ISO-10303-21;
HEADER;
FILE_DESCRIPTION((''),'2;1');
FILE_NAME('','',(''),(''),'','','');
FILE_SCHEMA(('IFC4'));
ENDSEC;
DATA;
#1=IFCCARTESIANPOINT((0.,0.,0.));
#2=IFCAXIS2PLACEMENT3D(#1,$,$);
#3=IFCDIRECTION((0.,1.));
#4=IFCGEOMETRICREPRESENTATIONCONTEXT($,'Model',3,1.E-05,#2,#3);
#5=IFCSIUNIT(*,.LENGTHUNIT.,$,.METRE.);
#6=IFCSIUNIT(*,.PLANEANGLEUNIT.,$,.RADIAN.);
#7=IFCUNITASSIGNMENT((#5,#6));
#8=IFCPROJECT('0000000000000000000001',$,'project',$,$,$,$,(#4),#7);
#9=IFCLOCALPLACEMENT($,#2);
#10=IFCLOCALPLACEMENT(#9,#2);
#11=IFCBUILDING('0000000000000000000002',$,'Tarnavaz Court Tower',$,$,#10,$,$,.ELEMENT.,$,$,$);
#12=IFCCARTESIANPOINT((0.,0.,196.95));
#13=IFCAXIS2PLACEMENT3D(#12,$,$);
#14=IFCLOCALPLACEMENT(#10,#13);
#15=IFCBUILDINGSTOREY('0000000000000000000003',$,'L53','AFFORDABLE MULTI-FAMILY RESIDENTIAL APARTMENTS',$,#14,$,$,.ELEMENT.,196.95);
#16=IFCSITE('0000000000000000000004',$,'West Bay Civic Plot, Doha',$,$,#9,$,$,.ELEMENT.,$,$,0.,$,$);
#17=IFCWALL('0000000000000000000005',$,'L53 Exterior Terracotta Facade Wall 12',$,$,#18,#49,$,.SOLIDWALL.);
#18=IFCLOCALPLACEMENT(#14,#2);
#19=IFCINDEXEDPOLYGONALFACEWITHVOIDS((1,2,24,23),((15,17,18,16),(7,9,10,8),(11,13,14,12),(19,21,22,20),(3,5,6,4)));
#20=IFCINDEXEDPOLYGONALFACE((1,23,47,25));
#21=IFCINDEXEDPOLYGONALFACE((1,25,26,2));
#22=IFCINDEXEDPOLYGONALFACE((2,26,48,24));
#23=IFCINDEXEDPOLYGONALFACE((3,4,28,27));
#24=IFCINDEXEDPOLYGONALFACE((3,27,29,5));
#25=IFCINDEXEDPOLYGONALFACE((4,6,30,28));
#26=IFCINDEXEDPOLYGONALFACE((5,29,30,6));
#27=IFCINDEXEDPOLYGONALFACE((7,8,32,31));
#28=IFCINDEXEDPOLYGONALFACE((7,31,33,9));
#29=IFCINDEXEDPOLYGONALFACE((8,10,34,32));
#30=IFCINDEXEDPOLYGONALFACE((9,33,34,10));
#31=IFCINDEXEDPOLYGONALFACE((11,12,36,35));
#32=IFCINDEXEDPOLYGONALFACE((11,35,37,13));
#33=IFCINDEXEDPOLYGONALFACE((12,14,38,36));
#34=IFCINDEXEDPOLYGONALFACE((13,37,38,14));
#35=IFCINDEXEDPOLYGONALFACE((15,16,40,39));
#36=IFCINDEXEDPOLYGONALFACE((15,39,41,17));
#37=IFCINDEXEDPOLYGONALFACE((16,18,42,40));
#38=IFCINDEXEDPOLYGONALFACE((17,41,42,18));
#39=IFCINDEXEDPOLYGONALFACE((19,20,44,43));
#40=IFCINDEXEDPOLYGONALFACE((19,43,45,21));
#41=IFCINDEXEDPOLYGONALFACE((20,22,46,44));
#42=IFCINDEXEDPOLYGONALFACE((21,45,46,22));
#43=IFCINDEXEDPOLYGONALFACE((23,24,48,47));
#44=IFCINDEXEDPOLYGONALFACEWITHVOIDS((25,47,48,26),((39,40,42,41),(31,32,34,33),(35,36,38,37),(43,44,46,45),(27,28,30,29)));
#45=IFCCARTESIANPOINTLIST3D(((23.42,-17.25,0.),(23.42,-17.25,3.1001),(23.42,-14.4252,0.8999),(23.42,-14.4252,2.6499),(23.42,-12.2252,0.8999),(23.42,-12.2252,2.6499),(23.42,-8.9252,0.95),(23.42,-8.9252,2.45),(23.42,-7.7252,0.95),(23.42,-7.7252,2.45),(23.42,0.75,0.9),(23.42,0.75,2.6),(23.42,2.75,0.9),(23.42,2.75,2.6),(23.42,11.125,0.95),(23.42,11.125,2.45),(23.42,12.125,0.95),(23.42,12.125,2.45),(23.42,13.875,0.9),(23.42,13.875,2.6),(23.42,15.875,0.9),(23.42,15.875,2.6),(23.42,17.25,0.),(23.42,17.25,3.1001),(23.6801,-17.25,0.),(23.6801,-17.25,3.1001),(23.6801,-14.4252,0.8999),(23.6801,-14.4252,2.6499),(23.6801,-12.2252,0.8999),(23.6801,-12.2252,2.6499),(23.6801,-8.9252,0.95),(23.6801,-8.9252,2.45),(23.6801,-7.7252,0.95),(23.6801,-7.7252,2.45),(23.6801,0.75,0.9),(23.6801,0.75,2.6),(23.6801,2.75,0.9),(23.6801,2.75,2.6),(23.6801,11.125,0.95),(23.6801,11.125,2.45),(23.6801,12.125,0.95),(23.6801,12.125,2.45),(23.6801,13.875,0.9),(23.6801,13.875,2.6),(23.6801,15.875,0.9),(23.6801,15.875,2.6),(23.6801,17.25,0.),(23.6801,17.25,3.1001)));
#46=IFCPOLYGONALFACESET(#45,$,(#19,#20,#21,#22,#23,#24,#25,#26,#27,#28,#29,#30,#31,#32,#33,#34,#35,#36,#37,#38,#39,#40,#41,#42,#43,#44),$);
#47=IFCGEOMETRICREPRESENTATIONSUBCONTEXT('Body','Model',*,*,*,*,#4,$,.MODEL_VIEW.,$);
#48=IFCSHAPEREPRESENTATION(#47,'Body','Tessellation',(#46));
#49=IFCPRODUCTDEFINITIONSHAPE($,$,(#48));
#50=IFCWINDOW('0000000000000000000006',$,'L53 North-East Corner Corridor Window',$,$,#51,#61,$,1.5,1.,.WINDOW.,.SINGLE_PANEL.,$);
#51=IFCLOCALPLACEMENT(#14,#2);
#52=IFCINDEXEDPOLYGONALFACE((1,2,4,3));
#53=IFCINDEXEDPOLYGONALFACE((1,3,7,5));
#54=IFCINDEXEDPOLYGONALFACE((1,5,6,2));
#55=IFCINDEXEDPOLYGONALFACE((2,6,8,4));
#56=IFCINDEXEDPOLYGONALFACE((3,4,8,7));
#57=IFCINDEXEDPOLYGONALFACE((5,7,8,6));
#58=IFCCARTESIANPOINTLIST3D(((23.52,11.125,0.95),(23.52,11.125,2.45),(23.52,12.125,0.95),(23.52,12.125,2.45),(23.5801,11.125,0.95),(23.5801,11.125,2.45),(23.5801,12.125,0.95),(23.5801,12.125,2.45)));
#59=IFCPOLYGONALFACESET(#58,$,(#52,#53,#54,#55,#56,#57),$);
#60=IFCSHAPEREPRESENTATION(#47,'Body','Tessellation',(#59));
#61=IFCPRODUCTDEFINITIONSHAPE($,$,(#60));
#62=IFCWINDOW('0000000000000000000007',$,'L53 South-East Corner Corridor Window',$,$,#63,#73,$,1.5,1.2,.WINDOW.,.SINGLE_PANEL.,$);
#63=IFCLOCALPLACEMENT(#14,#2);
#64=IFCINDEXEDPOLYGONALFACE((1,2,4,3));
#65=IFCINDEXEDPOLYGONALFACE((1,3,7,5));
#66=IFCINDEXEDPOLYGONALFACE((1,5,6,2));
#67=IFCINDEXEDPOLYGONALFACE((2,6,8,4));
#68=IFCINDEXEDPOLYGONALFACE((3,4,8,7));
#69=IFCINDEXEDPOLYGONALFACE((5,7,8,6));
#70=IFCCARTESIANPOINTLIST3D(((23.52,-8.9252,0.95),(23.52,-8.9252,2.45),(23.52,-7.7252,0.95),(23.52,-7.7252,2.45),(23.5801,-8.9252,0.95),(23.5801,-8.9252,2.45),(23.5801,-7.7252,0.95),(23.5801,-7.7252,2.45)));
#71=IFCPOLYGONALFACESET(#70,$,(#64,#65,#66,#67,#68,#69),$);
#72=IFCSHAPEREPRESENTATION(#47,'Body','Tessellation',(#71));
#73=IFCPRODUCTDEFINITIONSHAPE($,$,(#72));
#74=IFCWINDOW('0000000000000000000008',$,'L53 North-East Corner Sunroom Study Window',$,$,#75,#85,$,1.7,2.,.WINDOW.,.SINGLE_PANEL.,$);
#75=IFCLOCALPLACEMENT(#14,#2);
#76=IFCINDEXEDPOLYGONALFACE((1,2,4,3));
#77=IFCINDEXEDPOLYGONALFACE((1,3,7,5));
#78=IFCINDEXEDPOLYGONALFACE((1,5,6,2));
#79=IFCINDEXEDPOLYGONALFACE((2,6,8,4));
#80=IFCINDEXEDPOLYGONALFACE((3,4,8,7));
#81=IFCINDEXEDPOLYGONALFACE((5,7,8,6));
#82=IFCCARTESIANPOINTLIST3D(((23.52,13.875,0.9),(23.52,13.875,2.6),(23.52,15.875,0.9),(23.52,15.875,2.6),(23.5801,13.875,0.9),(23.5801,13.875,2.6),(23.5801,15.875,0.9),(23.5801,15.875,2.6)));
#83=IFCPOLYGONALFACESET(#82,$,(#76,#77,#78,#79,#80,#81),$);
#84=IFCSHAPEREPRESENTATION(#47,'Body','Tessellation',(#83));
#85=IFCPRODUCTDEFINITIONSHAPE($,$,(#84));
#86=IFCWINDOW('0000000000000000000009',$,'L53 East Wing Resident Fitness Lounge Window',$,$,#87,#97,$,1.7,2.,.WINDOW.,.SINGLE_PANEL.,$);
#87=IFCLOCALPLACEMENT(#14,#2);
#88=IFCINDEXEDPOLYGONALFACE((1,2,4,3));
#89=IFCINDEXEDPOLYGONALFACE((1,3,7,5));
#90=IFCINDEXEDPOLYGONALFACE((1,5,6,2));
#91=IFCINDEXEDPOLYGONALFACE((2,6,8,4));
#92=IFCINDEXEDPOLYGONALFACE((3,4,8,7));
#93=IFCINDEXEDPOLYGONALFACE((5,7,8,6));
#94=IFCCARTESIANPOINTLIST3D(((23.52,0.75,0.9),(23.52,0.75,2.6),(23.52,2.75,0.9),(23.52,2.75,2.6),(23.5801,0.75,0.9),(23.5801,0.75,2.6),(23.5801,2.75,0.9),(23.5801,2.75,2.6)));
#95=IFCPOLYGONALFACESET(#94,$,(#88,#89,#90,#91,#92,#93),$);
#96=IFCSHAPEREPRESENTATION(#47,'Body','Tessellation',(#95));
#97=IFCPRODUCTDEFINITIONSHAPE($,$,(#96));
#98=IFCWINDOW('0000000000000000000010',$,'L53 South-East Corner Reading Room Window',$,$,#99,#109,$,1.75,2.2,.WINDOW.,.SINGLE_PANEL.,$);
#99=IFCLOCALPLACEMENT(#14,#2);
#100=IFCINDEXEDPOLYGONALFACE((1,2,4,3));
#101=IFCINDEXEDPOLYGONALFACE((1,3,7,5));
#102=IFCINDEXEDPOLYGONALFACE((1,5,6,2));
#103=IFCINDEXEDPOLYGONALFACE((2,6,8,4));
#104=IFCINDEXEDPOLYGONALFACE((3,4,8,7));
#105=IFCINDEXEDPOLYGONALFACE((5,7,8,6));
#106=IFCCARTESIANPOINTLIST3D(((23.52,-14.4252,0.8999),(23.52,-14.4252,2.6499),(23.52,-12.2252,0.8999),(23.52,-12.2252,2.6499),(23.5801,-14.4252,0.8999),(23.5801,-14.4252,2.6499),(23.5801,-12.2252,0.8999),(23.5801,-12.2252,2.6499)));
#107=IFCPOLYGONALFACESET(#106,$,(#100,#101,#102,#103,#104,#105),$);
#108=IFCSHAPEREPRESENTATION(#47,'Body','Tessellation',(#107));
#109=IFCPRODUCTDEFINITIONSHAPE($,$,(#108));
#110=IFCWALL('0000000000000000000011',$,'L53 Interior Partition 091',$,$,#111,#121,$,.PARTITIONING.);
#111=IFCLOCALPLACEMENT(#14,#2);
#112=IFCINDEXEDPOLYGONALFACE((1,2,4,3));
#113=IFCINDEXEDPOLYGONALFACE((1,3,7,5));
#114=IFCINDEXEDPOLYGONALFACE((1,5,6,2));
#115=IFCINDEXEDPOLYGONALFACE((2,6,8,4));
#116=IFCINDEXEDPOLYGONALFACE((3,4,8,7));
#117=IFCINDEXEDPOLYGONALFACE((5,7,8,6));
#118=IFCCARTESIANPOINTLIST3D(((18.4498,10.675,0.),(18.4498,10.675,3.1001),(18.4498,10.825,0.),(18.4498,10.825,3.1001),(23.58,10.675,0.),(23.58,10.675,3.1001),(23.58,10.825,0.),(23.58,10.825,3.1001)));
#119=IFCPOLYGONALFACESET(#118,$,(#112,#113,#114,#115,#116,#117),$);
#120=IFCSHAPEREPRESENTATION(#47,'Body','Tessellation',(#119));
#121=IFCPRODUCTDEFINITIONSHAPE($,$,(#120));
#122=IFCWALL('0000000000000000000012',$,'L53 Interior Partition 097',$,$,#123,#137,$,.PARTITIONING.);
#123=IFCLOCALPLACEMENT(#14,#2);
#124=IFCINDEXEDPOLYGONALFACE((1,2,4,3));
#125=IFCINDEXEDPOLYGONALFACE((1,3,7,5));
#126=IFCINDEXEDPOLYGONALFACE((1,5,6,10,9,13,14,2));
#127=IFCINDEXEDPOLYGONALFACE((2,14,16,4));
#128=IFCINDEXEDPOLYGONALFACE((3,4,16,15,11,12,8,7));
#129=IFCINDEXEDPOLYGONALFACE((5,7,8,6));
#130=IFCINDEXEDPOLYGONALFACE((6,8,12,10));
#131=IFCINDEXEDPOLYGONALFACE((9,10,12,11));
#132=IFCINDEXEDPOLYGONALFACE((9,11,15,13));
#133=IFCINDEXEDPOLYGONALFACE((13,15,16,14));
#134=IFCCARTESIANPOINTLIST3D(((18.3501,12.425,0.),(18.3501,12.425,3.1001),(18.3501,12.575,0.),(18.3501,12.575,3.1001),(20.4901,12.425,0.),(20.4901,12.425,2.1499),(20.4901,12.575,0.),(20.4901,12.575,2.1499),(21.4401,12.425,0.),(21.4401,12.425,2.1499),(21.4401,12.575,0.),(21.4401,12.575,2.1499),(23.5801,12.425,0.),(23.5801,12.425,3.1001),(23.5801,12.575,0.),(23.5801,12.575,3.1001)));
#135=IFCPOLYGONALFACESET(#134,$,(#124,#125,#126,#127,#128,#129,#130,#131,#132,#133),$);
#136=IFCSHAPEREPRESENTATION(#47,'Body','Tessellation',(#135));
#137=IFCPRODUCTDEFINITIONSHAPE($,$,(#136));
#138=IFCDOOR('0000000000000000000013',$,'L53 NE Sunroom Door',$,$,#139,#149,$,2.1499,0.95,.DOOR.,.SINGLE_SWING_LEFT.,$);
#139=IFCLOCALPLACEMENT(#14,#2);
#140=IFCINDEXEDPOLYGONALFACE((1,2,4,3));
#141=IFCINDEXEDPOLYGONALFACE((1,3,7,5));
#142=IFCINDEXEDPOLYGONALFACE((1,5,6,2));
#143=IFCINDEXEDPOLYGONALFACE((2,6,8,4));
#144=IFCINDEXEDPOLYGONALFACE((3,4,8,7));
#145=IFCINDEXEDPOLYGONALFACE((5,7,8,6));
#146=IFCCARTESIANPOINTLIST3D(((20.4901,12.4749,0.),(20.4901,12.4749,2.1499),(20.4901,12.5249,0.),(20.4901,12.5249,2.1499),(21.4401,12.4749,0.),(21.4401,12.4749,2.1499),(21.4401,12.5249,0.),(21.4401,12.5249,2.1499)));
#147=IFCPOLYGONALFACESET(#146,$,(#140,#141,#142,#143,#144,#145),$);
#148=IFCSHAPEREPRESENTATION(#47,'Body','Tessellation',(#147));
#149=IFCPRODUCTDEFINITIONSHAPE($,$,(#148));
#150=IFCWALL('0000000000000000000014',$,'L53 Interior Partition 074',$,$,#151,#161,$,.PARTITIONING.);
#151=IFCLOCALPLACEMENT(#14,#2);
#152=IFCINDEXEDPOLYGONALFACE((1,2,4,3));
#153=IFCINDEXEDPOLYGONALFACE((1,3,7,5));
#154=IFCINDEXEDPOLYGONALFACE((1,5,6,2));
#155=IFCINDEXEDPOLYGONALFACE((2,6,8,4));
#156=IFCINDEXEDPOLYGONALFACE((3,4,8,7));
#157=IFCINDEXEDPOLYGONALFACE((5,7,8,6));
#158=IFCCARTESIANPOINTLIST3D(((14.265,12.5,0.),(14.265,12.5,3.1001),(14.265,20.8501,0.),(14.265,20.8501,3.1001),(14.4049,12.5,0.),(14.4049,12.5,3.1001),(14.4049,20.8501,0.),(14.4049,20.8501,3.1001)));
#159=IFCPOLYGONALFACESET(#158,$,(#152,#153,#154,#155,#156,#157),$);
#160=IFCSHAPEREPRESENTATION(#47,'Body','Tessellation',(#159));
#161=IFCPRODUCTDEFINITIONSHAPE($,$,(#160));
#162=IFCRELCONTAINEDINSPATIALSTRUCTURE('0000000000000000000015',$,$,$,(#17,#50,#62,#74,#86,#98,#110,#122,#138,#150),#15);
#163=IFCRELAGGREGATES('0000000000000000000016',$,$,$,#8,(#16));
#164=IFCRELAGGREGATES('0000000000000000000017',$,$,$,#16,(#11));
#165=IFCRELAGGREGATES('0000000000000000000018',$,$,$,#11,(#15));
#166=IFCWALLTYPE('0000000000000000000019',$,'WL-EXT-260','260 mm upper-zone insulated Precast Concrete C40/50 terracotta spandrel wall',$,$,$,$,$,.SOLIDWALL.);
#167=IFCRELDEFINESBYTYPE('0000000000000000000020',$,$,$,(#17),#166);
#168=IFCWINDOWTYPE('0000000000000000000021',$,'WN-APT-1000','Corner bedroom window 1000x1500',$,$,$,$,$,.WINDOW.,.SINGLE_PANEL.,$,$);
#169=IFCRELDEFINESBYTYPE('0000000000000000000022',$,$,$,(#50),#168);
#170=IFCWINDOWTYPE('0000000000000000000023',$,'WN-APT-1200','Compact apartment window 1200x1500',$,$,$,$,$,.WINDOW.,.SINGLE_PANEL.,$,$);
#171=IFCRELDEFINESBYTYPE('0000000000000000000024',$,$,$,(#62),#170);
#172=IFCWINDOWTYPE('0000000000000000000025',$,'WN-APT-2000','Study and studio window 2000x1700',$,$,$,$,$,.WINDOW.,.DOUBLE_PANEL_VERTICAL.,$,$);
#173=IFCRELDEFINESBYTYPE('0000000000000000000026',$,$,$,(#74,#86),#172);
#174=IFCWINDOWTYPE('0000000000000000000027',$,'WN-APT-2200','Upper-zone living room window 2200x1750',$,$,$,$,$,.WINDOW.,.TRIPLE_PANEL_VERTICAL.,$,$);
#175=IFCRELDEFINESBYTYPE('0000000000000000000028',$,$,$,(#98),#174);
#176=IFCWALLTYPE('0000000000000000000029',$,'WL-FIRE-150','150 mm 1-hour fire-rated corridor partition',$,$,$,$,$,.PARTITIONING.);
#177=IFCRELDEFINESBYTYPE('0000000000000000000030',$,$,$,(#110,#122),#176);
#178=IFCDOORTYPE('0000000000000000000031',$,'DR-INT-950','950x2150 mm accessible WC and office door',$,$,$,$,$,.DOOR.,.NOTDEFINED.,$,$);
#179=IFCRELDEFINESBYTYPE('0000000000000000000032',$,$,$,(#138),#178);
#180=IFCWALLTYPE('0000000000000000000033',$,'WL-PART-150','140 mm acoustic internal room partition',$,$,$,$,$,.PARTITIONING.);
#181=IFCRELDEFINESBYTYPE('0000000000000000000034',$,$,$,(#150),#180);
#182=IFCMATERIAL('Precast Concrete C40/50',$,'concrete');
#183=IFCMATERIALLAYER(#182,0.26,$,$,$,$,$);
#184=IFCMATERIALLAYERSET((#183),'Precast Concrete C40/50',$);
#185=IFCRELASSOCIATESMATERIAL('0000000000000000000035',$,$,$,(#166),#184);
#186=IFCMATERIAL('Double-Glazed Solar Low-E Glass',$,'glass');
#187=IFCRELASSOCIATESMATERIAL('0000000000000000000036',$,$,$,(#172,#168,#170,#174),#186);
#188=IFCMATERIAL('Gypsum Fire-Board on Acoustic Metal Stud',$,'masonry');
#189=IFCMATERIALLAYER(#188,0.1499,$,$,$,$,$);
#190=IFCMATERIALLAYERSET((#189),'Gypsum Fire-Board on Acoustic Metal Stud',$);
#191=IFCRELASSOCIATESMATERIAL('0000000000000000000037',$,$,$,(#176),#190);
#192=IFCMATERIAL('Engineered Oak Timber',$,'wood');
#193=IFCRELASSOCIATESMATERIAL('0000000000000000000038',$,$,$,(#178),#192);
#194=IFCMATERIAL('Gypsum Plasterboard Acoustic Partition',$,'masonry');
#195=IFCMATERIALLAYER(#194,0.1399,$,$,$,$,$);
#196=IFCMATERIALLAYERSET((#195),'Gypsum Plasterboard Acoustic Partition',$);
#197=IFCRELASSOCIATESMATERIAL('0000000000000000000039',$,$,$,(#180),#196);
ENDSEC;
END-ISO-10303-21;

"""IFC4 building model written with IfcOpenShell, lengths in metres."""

from ifc_helpers import new_model, si_unit, direction, frame, frame_2d, origin, place, context, subcontext, project, spatial, rectangle, extrude, material, layer, layer_set, type_object, element, fill, save


model = new_model("IFC4")

# Units and contexts
model_context = context("Model", 3, precision=1e-05, world=origin(), true_north=direction((0.0, 1.0)))
body_context = subcontext(model_context, "Body", "Model", "MODEL_VIEW")
ifc_project = project(units=[si_unit("LENGTHUNIT", "METRE"), si_unit("PLANEANGLEUNIT", "RADIAN")], contexts=[model_context])

# Site, building, storey
site_placement = place(None, origin())
site = spatial("IfcSite", under=ifc_project, at=site_placement, Name="West Bay Civic Plot, Doha", CompositionType="ELEMENT", RefElevation=0.0)
building_placement = place(site_placement, origin())
building = spatial("IfcBuilding", under=site, at=building_placement, Name="Tarnavaz Court Tower", CompositionType="ELEMENT")
storey_placement = place(building_placement, frame((0.0, 0.0, 196.95)))
storey = spatial("IfcBuildingStorey", under=building, at=storey_placement, Name="L53", Description="AFFORDABLE MULTI-FAMILY RESIDENTIAL APARTMENTS", CompositionType="ELEMENT", Elevation=196.95)

# Shared definitions
ifc_material_1 = material(Name="Precast Concrete C40/50", Category="concrete")
ifc_layer_1 = layer(ifc_material_1, 0.26)
ifc_layer_set_1 = layer_set([ifc_layer_1], Name="Precast Concrete C40/50")
wall_type_1 = type_object("IfcWallType", Name="WL-EXT-260", Description="260 mm upper-zone insulated Precast Concrete C40/50 terracotta spandrel wall", PredefinedType="SOLIDWALL", material=ifc_layer_set_1)
ifc_material_2 = material(Name="Double-Glazed Solar Low-E Glass", Category="glass")
window_type_1 = type_object("IfcWindowType", Name="WN-APT-2000", Description="Study and studio window 2000x1700", PartitioningType="DOUBLE_PANEL_VERTICAL", PredefinedType="WINDOW", material=ifc_material_2)

# Wall, openings, windows
wall_1_placement = place(storey_placement, frame((23.55, 17.25, 0.0), z_axis=(0.0, 0.0, 1.0), x_axis=(0.0, -1.0, 0.0)))
wall_1 = element("IfcWall", 1, at=wall_1_placement, inside=storey, type_object=wall_type_1, Name="L53 Exterior Terracotta Facade Wall 12", PredefinedType="SOLIDWALL", context=body_context, shape_type="SweptSolid", body=[
    extrude(rectangle(XDim=34.5, YDim=0.26, at=frame_2d((17.25, 0.0))), origin(), (0.0, 0.0, 1.0), 3.1001),
])
opening_1_placement = place(wall_1_placement, frame((1.375, 0.0, 0.8999)))
opening_1 = element("IfcOpeningElement", 2, at=opening_1_placement, cuts=wall_1, PredefinedType="OPENING", context=body_context, shape_type="SweptSolid", body=[
    extrude(rectangle(XDim=2.0, YDim=1.7, at=frame_2d((1.0, 0.8501))), frame((0.0, 0.1399, 0.0), z_axis=(0.0, -1.0, 0.0), x_axis=(1.0, 0.0, 0.0)), (0.0, 0.0, 1.0), 0.28),
])
opening_2_placement = place(wall_1_placement, frame((5.125, 0.0, 0.95)))
opening_2 = element("IfcOpeningElement", 3, at=opening_2_placement, cuts=wall_1, PredefinedType="OPENING", context=body_context, shape_type="SweptSolid", body=[
    extrude(rectangle(XDim=1.0, YDim=1.5, at=frame_2d((0.5, 0.75))), frame((0.0, 0.1399, 0.0), z_axis=(0.0, -1.0, 0.0), x_axis=(1.0, 0.0, 0.0)), (0.0, 0.0, 1.0), 0.28),
])
opening_3_placement = place(wall_1_placement, frame((14.5, 0.0, 0.8999)))
opening_3 = element("IfcOpeningElement", 4, at=opening_3_placement, cuts=wall_1, PredefinedType="OPENING", context=body_context, shape_type="SweptSolid", body=[
    extrude(rectangle(XDim=2.0, YDim=1.7, at=frame_2d((1.0, 0.8501))), frame((0.0, 0.1399, 0.0), z_axis=(0.0, -1.0, 0.0), x_axis=(1.0, 0.0, 0.0)), (0.0, 0.0, 1.0), 0.28),
])
opening_4_placement = place(wall_1_placement, frame((24.9751, 0.0, 0.95)))
opening_4 = element("IfcOpeningElement", 5, at=opening_4_placement, cuts=wall_1, PredefinedType="OPENING", context=body_context, shape_type="SweptSolid", body=[
    extrude(rectangle(XDim=1.2, YDim=1.5, at=frame_2d((0.6001, 0.75))), frame((0.0, 0.1399, 0.0), z_axis=(0.0, -1.0, 0.0), x_axis=(1.0, 0.0, 0.0)), (0.0, 0.0, 1.0), 0.28),
])
opening_5_placement = place(wall_1_placement, frame((29.4751, 0.0, 0.8999)))
opening_5 = element("IfcOpeningElement", 6, at=opening_5_placement, cuts=wall_1, PredefinedType="OPENING", context=body_context, shape_type="SweptSolid", body=[
    extrude(rectangle(XDim=2.2, YDim=1.75, at=frame_2d((1.1001, 0.875))), frame((0.0, 0.1399, 0.0), z_axis=(0.0, -1.0, 0.0), x_axis=(1.0, 0.0, 0.0)), (0.0, 0.0, 1.0), 0.28),
])
window_type_2 = type_object("IfcWindowType", Name="WN-APT-1000", Description="Corner bedroom window 1000x1500", PartitioningType="SINGLE_PANEL", PredefinedType="WINDOW", material=ifc_material_2)
window_1_placement = place(opening_2_placement, origin())
window_1 = element("IfcWindow", 7, at=window_1_placement, inside=storey, type_object=window_type_2, Name="L53 North-East Corner Corridor Window", OverallHeight=1.5, OverallWidth=1.0, PartitioningType="SINGLE_PANEL", PredefinedType="WINDOW", context=body_context, shape_type="SweptSolid", body=[
    extrude(rectangle(XDim=1.0, YDim=1.5, at=frame_2d((0.5, 0.75))), frame((0.0, 0.03, 0.0), z_axis=(0.0, -1.0, 0.0), x_axis=(1.0, 0.0, 0.0)), (0.0, 0.0, 1.0), 0.0601),
])
fill(opening_2, window_1)
window_type_3 = type_object("IfcWindowType", Name="WN-APT-1200", Description="Compact apartment window 1200x1500", PartitioningType="SINGLE_PANEL", PredefinedType="WINDOW", material=ifc_material_2)
window_2_placement = place(opening_4_placement, origin())
window_2 = element("IfcWindow", 8, at=window_2_placement, inside=storey, type_object=window_type_3, Name="L53 South-East Corner Corridor Window", OverallHeight=1.5, OverallWidth=1.2, PartitioningType="SINGLE_PANEL", PredefinedType="WINDOW", context=body_context, shape_type="SweptSolid", body=[
    extrude(rectangle(XDim=1.2, YDim=1.5, at=frame_2d((0.6001, 0.75))), frame((0.0, 0.03, 0.0), z_axis=(0.0, -1.0, 0.0), x_axis=(1.0, 0.0, 0.0)), (0.0, 0.0, 1.0), 0.0601),
])
fill(opening_4, window_2)
window_3_placement = place(opening_1_placement, origin())
window_3 = element("IfcWindow", 9, at=window_3_placement, inside=storey, type_object=window_type_1, Name="L53 North-East Corner Sunroom Study Window", OverallHeight=1.7, OverallWidth=2.0, PartitioningType="SINGLE_PANEL", PredefinedType="WINDOW", context=body_context, shape_type="SweptSolid", body=[
    extrude(rectangle(XDim=2.0, YDim=1.7, at=frame_2d((1.0, 0.8501))), frame((0.0, 0.03, 0.0), z_axis=(0.0, -1.0, 0.0), x_axis=(1.0, 0.0, 0.0)), (0.0, 0.0, 1.0), 0.0601),
])
fill(opening_1, window_3)
window_4_placement = place(opening_3_placement, origin())
window_4 = element("IfcWindow", 10, at=window_4_placement, inside=storey, type_object=window_type_1, Name="L53 East Wing Resident Fitness Lounge Window", OverallHeight=1.7, OverallWidth=2.0, PartitioningType="SINGLE_PANEL", PredefinedType="WINDOW", context=body_context, shape_type="SweptSolid", body=[
    extrude(rectangle(XDim=2.0, YDim=1.7, at=frame_2d((1.0, 0.8501))), frame((0.0, 0.03, 0.0), z_axis=(0.0, -1.0, 0.0), x_axis=(1.0, 0.0, 0.0)), (0.0, 0.0, 1.0), 0.0601),
])
fill(opening_3, window_4)
window_type_4 = type_object("IfcWindowType", Name="WN-APT-2200", Description="Upper-zone living room window 2200x1750", PartitioningType="TRIPLE_PANEL_VERTICAL", PredefinedType="WINDOW", material=ifc_material_2)
window_5_placement = place(opening_5_placement, origin())
window_5 = element("IfcWindow", 11, at=window_5_placement, inside=storey, type_object=window_type_4, Name="L53 South-East Corner Reading Room Window", OverallHeight=1.75, OverallWidth=2.2, PartitioningType="SINGLE_PANEL", PredefinedType="WINDOW", context=body_context, shape_type="SweptSolid", body=[
    extrude(rectangle(XDim=2.2, YDim=1.75, at=frame_2d((1.1001, 0.875))), frame((0.0, 0.03, 0.0), z_axis=(0.0, -1.0, 0.0), x_axis=(1.0, 0.0, 0.0)), (0.0, 0.0, 1.0), 0.0601),
])
fill(opening_5, window_5)

# Wall
ifc_material_3 = material(Name="Gypsum Fire-Board on Acoustic Metal Stud", Category="masonry")
ifc_layer_2 = layer(ifc_material_3, 0.1499)
ifc_layer_set_2 = layer_set([ifc_layer_2], Name="Gypsum Fire-Board on Acoustic Metal Stud")
wall_type_2 = type_object("IfcWallType", Name="WL-FIRE-150", Description="150 mm 1-hour fire-rated corridor partition", PredefinedType="PARTITIONING", material=ifc_layer_set_2)
wall_2_placement = place(storey_placement, frame((18.45, 10.75, 0.0), z_axis=(0.0, 0.0, 1.0), x_axis=(1.0, 0.0, 0.0)))
element("IfcWall", 12, at=wall_2_placement, inside=storey, type_object=wall_type_2, Name="L53 Interior Partition 091", PredefinedType="PARTITIONING", context=body_context, shape_type="SweptSolid", body=[
    extrude(rectangle(XDim=5.1301, YDim=0.1499, at=frame_2d((2.5649, 0.0))), origin(), (0.0, 0.0, 1.0), 3.1001),
])

# Wall, opening, door
wall_3_placement = place(storey_placement, frame((18.3501, 12.5, 0.0), z_axis=(0.0, 0.0, 1.0), x_axis=(1.0, 0.0, 0.0)))
wall_3 = element("IfcWall", 13, at=wall_3_placement, inside=storey, type_object=wall_type_2, Name="L53 Interior Partition 097", PredefinedType="PARTITIONING", context=body_context, shape_type="SweptSolid", body=[
    extrude(rectangle(XDim=5.23, YDim=0.1499, at=frame_2d((2.615, 0.0))), origin(), (0.0, 0.0, 1.0), 3.1001),
])
opening_6_placement = place(wall_3_placement, frame((2.1399, 0.0, 0.0)))
opening_6 = element("IfcOpeningElement", 14, at=opening_6_placement, cuts=wall_3, PredefinedType="OPENING", context=body_context, shape_type="SweptSolid", body=[
    extrude(rectangle(XDim=0.95, YDim=2.1499, at=frame_2d((0.4751, 1.075))), frame((0.0, 0.085, 0.0), z_axis=(0.0, -1.0, 0.0), x_axis=(1.0, 0.0, 0.0)), (0.0, 0.0, 1.0), 0.1699),
])
ifc_material_4 = material(Name="Engineered Oak Timber", Category="wood")
door_type = type_object("IfcDoorType", Name="DR-INT-950", Description="950x2150 mm accessible WC and office door", OperationType="NOTDEFINED", PredefinedType="DOOR", material=ifc_material_4)
door_placement = place(opening_6_placement, origin())
door = element("IfcDoor", 15, at=door_placement, inside=storey, type_object=door_type, Name="L53 NE Sunroom Door", OperationType="SINGLE_SWING_LEFT", OverallHeight=2.1499, OverallWidth=0.95, PredefinedType="DOOR", context=body_context, shape_type="SweptSolid", body=[
    extrude(rectangle(XDim=0.95, YDim=2.1499, at=frame_2d((0.4751, 1.075))), frame((0.0, 0.0249, 0.0), z_axis=(0.0, -1.0, 0.0), x_axis=(1.0, 0.0, 0.0)), (0.0, 0.0, 1.0), 0.05),
])
fill(opening_6, door)

# Wall
ifc_material_5 = material(Name="Gypsum Plasterboard Acoustic Partition", Category="masonry")
ifc_layer_3 = layer(ifc_material_5, 0.1399)
ifc_layer_set_3 = layer_set([ifc_layer_3], Name="Gypsum Plasterboard Acoustic Partition")
wall_type_3 = type_object("IfcWallType", Name="WL-PART-150", Description="140 mm acoustic internal room partition", PredefinedType="PARTITIONING", material=ifc_layer_set_3)
wall_4_placement = place(storey_placement, frame((14.335, 12.5, 0.0), z_axis=(0.0, 0.0, 1.0), x_axis=(0.0, 1.0, 0.0)))
element("IfcWall", 16, at=wall_4_placement, inside=storey, type_object=wall_type_3, Name="L53 Interior Partition 074", PredefinedType="PARTITIONING", context=body_context, shape_type="SweptSolid", body=[
    extrude(rectangle(XDim=8.3501, YDim=0.1399, at=frame_2d((4.175, 0.0))), origin(), (0.0, 0.0, 1.0), 3.1001),
])

save(model, "model.ifc")
